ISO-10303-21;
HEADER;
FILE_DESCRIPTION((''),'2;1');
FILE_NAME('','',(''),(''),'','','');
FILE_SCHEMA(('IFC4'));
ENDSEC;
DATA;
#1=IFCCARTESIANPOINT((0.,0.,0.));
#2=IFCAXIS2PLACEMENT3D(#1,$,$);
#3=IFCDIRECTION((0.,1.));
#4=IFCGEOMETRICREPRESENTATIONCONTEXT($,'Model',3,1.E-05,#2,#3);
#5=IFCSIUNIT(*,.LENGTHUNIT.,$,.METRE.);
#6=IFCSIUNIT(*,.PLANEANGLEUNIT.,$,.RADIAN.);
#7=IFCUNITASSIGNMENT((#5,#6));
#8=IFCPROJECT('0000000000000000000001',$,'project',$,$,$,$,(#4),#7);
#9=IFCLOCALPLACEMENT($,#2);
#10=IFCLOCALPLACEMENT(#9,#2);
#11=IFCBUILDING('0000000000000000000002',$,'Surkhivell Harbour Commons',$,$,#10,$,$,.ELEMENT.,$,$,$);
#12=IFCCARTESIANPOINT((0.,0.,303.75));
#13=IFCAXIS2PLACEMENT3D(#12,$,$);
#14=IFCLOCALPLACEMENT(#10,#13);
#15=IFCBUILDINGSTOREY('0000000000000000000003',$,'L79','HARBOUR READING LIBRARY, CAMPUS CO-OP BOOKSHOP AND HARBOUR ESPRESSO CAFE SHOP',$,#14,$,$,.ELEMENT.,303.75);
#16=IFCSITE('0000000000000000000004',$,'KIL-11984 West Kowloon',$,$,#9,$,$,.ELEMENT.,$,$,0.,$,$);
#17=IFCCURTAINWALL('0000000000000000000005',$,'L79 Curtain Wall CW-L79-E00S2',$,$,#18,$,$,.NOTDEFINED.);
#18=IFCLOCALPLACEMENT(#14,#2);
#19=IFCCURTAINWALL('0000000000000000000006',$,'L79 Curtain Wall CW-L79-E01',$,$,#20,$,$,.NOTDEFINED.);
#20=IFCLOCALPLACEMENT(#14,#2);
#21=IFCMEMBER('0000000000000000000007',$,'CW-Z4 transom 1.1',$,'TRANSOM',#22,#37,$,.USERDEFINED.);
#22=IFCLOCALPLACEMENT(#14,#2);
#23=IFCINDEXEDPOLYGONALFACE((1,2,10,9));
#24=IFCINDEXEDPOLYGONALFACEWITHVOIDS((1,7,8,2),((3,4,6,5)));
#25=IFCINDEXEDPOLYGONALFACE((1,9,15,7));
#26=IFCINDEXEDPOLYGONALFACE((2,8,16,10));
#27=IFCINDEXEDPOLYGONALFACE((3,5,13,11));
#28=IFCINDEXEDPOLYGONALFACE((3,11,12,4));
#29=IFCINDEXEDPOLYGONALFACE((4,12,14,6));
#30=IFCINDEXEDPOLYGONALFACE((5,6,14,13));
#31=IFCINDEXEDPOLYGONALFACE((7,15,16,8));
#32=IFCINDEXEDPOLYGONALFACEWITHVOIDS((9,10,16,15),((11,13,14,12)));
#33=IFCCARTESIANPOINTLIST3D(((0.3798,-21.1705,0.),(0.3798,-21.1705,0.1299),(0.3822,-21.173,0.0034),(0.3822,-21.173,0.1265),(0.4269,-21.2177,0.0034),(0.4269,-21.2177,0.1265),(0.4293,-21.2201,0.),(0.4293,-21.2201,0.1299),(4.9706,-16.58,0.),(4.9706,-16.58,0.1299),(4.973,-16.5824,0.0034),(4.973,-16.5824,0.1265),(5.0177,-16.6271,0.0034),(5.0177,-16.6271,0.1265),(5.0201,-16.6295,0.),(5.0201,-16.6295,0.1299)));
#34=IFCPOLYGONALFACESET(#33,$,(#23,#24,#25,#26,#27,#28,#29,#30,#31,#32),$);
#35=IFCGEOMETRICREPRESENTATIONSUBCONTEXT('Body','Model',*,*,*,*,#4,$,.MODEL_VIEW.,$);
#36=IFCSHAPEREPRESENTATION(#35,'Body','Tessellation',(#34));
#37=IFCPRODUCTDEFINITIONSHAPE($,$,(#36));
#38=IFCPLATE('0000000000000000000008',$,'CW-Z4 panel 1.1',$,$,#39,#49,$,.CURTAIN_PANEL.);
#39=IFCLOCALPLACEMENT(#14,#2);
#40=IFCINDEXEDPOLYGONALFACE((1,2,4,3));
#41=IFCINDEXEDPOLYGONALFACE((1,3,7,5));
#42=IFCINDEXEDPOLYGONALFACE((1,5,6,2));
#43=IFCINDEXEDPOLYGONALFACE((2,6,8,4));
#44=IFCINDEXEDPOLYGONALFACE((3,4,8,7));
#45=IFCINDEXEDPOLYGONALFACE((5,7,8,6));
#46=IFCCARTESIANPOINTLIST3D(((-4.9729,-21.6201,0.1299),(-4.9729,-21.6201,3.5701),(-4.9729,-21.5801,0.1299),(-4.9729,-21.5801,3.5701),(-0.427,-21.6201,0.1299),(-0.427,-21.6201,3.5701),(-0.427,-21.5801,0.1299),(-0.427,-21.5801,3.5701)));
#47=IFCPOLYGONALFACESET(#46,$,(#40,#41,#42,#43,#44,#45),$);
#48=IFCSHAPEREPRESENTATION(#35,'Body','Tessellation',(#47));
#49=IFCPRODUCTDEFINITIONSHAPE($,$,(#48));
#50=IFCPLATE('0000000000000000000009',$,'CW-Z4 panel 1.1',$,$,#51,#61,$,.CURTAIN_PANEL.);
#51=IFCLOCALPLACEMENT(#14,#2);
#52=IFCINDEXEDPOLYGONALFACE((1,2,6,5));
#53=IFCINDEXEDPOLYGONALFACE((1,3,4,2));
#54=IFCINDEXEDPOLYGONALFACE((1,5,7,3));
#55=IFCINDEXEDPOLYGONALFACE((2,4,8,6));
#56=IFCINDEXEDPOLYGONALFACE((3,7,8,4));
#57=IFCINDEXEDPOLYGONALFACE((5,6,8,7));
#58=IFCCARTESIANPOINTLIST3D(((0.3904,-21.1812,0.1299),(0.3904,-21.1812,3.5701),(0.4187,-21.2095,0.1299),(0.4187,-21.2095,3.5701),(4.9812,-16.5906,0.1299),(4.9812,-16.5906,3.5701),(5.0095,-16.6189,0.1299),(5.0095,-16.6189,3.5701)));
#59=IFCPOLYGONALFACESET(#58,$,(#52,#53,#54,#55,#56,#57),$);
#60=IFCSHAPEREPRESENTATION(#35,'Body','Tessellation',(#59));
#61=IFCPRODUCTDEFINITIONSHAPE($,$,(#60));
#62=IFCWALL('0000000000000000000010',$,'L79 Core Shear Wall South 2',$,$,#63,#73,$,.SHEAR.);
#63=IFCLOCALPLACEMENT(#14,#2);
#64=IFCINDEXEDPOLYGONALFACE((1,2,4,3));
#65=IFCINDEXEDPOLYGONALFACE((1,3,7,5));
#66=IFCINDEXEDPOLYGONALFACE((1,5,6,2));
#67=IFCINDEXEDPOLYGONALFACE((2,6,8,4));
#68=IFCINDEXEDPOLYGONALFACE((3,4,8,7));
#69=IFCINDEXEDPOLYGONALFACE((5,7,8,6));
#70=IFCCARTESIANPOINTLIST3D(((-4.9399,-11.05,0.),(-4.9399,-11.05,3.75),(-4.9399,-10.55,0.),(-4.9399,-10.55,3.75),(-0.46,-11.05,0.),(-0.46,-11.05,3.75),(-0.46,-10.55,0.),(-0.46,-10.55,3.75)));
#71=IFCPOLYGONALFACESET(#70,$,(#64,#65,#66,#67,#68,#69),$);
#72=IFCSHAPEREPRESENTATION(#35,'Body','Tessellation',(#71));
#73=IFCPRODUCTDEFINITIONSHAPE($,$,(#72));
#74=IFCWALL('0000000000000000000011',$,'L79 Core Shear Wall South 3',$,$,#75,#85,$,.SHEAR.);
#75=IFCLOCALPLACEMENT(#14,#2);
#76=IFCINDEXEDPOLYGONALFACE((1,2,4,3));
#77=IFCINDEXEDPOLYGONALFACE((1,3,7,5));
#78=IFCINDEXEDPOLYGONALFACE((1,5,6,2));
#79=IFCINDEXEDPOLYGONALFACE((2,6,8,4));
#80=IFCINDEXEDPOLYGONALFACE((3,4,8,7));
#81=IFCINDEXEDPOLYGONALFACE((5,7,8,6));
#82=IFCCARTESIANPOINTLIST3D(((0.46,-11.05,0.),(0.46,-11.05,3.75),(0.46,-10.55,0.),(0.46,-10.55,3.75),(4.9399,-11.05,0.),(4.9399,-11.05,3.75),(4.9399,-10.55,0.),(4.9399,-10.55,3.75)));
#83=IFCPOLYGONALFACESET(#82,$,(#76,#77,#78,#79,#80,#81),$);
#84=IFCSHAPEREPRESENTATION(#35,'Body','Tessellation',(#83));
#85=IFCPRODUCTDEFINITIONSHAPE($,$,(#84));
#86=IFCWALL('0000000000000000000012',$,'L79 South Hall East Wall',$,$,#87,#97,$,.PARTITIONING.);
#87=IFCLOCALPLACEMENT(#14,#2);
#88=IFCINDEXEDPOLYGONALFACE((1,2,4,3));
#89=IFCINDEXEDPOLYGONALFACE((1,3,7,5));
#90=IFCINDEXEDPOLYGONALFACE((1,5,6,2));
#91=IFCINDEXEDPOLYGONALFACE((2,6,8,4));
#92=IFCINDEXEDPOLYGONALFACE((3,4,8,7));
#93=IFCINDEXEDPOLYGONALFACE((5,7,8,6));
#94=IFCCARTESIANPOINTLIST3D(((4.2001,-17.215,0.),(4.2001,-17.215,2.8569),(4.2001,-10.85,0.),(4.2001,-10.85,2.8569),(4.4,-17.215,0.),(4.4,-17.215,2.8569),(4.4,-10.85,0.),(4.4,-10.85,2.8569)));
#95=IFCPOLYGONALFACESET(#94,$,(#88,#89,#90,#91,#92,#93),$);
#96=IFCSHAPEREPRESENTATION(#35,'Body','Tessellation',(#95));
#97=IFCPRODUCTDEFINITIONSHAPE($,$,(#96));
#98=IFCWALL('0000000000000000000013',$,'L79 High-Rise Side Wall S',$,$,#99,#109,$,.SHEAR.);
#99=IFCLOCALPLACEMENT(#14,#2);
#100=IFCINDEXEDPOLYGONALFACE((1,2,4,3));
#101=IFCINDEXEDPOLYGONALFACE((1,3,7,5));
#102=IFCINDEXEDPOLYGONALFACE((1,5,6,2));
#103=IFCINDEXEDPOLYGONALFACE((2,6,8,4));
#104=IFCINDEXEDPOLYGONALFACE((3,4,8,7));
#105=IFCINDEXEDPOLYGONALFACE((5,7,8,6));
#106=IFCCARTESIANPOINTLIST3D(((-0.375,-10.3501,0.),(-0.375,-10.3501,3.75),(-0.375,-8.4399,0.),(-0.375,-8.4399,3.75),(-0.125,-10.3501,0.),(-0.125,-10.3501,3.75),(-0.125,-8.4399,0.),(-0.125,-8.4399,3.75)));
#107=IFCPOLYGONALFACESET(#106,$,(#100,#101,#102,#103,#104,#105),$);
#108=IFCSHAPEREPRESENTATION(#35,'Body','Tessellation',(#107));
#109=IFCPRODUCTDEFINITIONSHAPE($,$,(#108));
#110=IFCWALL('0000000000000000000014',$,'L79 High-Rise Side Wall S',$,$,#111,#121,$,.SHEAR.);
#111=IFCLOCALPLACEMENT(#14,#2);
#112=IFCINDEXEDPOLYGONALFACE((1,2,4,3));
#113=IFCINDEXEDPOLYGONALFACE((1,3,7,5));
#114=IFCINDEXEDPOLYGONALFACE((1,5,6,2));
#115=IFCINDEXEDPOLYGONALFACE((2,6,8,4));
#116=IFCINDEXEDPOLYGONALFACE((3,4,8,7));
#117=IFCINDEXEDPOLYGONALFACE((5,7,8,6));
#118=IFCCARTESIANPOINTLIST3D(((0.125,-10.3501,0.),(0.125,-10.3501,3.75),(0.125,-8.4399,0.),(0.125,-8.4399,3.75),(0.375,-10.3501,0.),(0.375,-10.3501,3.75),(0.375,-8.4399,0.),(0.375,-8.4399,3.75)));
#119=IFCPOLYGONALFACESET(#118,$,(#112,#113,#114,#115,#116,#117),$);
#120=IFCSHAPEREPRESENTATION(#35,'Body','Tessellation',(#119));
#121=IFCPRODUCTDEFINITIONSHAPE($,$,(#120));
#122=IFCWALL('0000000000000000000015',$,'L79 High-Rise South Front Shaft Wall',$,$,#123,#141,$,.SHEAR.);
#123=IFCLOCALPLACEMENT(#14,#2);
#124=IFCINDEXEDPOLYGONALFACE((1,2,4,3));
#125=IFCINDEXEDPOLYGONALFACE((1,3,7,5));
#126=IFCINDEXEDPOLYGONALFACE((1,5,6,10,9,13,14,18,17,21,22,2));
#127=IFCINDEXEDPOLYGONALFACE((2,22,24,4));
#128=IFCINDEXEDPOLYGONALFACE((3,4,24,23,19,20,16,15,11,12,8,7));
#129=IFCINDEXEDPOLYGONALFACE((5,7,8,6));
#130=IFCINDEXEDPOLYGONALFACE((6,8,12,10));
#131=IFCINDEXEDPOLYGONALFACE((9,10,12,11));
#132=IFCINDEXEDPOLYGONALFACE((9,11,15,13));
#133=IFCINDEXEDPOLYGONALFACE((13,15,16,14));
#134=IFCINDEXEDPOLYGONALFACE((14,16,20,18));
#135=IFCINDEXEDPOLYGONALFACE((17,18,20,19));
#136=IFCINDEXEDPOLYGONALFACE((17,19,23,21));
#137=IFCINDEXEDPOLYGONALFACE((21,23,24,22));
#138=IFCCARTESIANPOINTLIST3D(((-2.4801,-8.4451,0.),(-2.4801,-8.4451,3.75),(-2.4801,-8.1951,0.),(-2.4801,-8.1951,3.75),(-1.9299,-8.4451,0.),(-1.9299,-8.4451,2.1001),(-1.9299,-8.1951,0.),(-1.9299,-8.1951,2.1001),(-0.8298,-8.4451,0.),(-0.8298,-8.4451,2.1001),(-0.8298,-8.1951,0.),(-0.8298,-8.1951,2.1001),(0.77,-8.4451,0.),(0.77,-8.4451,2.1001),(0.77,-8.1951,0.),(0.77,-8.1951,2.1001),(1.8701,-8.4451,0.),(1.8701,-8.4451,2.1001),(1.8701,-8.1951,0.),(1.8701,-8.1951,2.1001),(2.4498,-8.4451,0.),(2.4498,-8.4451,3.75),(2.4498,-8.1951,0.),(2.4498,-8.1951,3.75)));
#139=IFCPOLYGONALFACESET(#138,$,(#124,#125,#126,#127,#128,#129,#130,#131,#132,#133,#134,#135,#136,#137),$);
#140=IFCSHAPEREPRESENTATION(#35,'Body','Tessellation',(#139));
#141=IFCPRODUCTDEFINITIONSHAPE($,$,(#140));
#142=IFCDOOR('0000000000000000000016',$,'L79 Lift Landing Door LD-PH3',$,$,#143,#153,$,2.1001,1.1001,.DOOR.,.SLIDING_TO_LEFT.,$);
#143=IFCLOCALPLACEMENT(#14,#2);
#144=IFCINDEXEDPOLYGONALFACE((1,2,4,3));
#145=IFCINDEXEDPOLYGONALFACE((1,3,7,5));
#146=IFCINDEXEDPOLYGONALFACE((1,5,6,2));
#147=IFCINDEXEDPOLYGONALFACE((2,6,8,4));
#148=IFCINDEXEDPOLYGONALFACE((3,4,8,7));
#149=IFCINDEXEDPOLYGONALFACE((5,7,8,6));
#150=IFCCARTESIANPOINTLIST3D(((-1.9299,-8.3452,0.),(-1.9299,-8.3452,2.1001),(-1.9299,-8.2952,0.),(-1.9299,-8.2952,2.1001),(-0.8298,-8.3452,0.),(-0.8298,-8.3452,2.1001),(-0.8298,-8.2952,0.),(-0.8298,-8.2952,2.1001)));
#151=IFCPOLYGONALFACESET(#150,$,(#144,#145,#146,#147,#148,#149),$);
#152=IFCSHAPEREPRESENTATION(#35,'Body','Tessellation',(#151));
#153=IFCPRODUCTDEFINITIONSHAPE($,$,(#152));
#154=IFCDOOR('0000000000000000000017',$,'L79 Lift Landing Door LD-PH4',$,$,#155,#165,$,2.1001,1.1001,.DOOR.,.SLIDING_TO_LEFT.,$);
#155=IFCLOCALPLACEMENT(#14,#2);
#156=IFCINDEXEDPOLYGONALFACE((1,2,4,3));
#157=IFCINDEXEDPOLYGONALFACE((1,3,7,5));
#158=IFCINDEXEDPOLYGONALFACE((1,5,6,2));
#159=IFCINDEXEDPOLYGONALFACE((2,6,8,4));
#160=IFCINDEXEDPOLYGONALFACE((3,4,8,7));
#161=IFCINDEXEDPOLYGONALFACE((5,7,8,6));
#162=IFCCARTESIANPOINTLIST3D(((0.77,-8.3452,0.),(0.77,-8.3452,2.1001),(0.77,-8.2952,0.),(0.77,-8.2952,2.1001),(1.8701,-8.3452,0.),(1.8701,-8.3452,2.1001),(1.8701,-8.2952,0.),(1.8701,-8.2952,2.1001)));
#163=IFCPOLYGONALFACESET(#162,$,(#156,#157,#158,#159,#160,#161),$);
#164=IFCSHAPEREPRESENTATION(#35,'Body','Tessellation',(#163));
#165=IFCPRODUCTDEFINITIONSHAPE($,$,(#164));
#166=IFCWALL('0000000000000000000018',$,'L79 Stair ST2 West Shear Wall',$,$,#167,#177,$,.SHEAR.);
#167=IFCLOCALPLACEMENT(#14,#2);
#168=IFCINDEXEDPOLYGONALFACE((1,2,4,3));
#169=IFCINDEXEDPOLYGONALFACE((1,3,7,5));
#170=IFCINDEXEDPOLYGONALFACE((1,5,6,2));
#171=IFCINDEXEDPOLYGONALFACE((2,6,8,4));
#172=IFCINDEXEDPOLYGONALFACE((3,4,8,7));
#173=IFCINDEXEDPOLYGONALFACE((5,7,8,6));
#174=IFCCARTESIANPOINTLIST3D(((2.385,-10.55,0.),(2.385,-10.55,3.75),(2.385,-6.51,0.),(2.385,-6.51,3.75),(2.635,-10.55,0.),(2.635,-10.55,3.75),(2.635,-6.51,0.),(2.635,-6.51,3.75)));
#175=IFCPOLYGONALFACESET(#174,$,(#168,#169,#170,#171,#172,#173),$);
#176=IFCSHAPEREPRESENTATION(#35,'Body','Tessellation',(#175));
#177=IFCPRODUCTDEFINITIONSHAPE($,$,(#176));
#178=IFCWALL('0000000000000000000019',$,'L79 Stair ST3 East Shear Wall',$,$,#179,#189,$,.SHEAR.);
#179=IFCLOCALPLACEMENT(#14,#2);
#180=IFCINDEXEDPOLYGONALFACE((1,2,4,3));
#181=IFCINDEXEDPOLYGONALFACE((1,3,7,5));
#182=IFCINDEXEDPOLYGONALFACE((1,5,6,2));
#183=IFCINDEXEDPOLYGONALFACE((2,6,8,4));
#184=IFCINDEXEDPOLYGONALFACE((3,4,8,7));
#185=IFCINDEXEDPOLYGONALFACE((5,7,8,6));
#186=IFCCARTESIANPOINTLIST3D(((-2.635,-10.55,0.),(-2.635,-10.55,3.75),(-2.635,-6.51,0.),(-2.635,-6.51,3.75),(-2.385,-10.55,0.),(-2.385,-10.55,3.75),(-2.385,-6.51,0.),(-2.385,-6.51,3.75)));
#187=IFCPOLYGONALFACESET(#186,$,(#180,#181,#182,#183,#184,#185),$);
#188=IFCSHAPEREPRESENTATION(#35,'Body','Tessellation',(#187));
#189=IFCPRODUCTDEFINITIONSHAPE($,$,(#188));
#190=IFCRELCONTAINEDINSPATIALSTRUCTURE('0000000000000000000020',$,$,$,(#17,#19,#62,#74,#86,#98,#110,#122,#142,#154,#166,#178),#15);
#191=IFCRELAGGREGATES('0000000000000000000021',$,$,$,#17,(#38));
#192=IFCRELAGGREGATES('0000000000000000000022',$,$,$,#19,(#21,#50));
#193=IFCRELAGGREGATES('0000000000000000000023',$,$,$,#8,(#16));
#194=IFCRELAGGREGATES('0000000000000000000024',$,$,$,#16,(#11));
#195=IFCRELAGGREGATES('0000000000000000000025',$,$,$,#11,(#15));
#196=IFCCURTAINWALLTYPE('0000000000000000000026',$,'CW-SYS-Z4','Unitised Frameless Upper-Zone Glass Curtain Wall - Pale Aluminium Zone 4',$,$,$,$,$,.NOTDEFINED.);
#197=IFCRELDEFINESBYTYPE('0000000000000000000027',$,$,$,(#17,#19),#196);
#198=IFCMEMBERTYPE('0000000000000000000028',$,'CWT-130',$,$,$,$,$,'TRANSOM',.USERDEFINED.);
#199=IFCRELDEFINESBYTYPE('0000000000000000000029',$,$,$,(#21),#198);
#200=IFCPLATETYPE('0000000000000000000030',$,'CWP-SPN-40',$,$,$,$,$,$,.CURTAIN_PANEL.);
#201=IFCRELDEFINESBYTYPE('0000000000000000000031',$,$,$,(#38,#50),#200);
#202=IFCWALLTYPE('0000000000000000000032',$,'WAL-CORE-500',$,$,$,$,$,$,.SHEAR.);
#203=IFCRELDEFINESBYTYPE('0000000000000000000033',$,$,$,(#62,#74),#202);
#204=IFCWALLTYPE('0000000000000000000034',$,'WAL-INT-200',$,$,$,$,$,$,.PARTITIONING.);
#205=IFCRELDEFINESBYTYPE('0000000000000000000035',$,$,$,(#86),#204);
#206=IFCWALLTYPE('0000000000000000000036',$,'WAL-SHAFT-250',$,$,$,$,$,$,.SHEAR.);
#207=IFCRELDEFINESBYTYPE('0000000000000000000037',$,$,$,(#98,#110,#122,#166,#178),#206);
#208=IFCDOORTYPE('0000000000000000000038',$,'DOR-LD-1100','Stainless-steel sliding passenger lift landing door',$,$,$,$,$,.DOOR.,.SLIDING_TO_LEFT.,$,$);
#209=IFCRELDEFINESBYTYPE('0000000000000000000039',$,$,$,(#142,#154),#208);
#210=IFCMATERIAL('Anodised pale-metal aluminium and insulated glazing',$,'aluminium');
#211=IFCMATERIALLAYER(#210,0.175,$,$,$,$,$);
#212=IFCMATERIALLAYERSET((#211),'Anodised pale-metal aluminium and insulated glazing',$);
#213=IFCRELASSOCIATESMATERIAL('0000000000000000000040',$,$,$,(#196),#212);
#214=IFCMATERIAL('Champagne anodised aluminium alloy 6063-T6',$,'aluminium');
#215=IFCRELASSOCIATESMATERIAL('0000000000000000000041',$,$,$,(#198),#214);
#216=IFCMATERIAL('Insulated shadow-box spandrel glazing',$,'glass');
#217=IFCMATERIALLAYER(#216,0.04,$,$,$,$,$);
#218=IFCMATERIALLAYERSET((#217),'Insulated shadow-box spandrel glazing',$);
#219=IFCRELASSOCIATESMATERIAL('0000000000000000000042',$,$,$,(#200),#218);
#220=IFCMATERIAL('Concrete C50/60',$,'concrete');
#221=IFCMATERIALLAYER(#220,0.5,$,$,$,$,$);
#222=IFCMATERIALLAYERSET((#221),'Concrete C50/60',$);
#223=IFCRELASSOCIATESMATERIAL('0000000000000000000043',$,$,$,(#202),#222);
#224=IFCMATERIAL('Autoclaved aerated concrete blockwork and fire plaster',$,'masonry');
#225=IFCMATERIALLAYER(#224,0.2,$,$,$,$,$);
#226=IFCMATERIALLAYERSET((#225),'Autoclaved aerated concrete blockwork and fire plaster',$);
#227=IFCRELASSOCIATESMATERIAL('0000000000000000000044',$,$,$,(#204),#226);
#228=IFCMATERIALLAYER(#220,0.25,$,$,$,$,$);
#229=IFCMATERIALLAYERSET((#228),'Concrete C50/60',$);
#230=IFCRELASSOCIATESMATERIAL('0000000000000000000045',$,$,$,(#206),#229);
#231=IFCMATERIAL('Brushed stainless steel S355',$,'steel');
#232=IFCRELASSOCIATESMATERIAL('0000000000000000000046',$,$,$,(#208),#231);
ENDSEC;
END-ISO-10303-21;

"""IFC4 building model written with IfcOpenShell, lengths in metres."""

from ifc_helpers import new_model, si_unit, direction, frame, frame_2d, origin, origin_2d, place, context, subcontext, project, spatial, rectangle, hollow_rectangle, extrude, material, layer, layer_set, material_profile, profile_set, type_object, element, fill, aggregate, save


model = new_model("IFC4")

# Units and contexts
model_context = context("Model", 3, precision=1e-05, world=origin(), true_north=direction((0.0, 1.0)))
body_context = subcontext(model_context, "Body", "Model", "MODEL_VIEW")
ifc_project = project(units=[si_unit("LENGTHUNIT", "METRE"), si_unit("PLANEANGLEUNIT", "RADIAN")], contexts=[model_context])

# Site, building, storey
site_placement = place(None, origin())
site = spatial("IfcSite", under=ifc_project, at=site_placement, Name="KIL-11984 West Kowloon", CompositionType="ELEMENT", RefElevation=0.0)
building_placement = place(site_placement, origin())
building = spatial("IfcBuilding", under=site, at=building_placement, Name="Surkhivell Harbour Commons", CompositionType="ELEMENT")
storey_placement = place(building_placement, frame((0.0, 0.0, 303.75)))
storey = spatial("IfcBuildingStorey", under=building, at=storey_placement, Name="L79", Description="HARBOUR READING LIBRARY, CAMPUS CO-OP BOOKSHOP AND HARBOUR ESPRESSO CAFE SHOP", CompositionType="ELEMENT", Elevation=303.75)

# Shared definitions
ifc_material_1 = material(Name="Concrete C50/60", Category="concrete")

# Curtain wall
ifc_material_2 = material(Name="Anodised pale-metal aluminium and insulated glazing", Category="aluminium")
ifc_layer_1 = layer(ifc_material_2, 0.175)
ifc_layer_set_1 = layer_set([ifc_layer_1], Name="Anodised pale-metal aluminium and insulated glazing")
curtain_wall_type = type_object("IfcCurtainWallType", Name="CW-SYS-Z4", Description="Unitised Frameless Upper-Zone Glass Curtain Wall - Pale Aluminium Zone 4", PredefinedType="NOTDEFINED", material=ifc_layer_set_1)
curtain_wall_1_placement = place(storey_placement, origin())
curtain_wall_1 = element("IfcCurtainWall", 1, at=curtain_wall_1_placement, inside=storey, type_object=curtain_wall_type, Name="L79 Curtain Wall CW-L79-E00S2", PredefinedType="NOTDEFINED")

# Curtain wall
curtain_wall_2_placement = place(storey_placement, origin())
curtain_wall_2 = element("IfcCurtainWall", 2, at=curtain_wall_2_placement, inside=storey, type_object=curtain_wall_type, Name="L79 Curtain Wall CW-L79-E01", PredefinedType="NOTDEFINED")

# Member
ifc_material_3 = material(Name="Champagne anodised aluminium alloy 6063-T6", Category="aluminium")
ifc_material_profile_1 = material_profile(ifc_material_3, hollow_rectangle(XDim=0.0701, YDim=0.1299, WallThickness=0.0034, at=origin_2d()), Name="ALU-TRAN-70x130")
ifc_profile_set_1 = profile_set([ifc_material_profile_1], Name="Champagne anodised aluminium alloy 6063-T6")
member_type_1 = type_object("IfcMemberType", Name="CWT-130", ElementType="TRANSOM", PredefinedType="USERDEFINED", material=ifc_profile_set_1)
member_1_placement = place(storey_placement, frame((0.4045, -21.1953, 0.0649), z_axis=(0.707126, 0.707088, 0.0), x_axis=(-0.707088, 0.707126, 0.0)))
member_1 = element("IfcMember", 3, at=member_1_placement, type_object=member_type_1, Name="CW-Z4 transom 1.1", ObjectType="TRANSOM", PredefinedType="USERDEFINED", context=body_context, shape_type="SweptSolid", body=[
    extrude(hollow_rectangle(XDim=0.0701, YDim=0.1299, WallThickness=0.0034, at=origin_2d()), origin(), (0.0, 0.0, 1.0), 6.4922),
])

# Plates
ifc_material_4 = material(Name="Insulated shadow-box spandrel glazing", Category="glass")
ifc_layer_2 = layer(ifc_material_4, 0.04)
ifc_layer_set_2 = layer_set([ifc_layer_2], Name="Insulated shadow-box spandrel glazing")
plate_type = type_object("IfcPlateType", Name="CWP-SPN-40", PredefinedType="CURTAIN_PANEL", material=ifc_layer_set_2)
plate_1_placement = place(storey_placement, frame((-4.9729, -21.6001, 0.1299), z_axis=(0.0, 0.0, 1.0), x_axis=(1.0, 0.0, 0.0)))
plate_1 = element("IfcPlate", 4, at=plate_1_placement, type_object=plate_type, Name="CW-Z4 panel 1.1", PredefinedType="CURTAIN_PANEL", context=body_context, shape_type="SweptSolid", body=[
    extrude(rectangle(XDim=4.5459, YDim=0.04, at=frame_2d((2.2729, 0.0))), origin(), (0.0, 0.0, 1.0), 3.4402),
])
aggregate(curtain_wall_1, [plate_1])
plate_2_placement = place(storey_placement, frame((0.4045, -21.1953, 0.1299), z_axis=(0.0, 0.0, 1.0), x_axis=(0.707126, 0.707088, 0.0)))
plate_2 = element("IfcPlate", 5, at=plate_2_placement, type_object=plate_type, Name="CW-Z4 panel 1.1", PredefinedType="CURTAIN_PANEL", context=body_context, shape_type="SweptSolid", body=[
    extrude(rectangle(XDim=6.4922, YDim=0.04, at=frame_2d((3.2461, 0.0))), origin(), (0.0, 0.0, 1.0), 3.4402),
])
aggregate(curtain_wall_2, [member_1, plate_2])

# Walls
ifc_layer_3 = layer(ifc_material_1, 0.5)
ifc_layer_set_3 = layer_set([ifc_layer_3], Name="Concrete C50/60")
wall_type_1 = type_object("IfcWallType", Name="WAL-CORE-500", PredefinedType="SHEAR", material=ifc_layer_set_3)
for number, where, z_axis, x_axis, name in (
    (6, (-4.9399, -10.8, 0.0), (0.0, 0.0, 1.0), (1.0, 0.0, 0.0), "L79 Core Shear Wall South 2"),
    (7, (0.46, -10.8, 0.0), (0.0, 0.0, 1.0), (1.0, 0.0, 0.0), "L79 Core Shear Wall South 3"),
):
    element("IfcWall", number, at=place(storey_placement, frame(where, z_axis=z_axis, x_axis=x_axis)), inside=storey, type_object=wall_type_1, Name=name, PredefinedType="SHEAR", context=body_context, shape_type="SweptSolid", body=[
        extrude(rectangle(XDim=4.48, YDim=0.5, at=frame_2d((2.24, 0.0))), origin(), (0.0, 0.0, 1.0), 3.75),
    ])
ifc_material_5 = material(Name="Autoclaved aerated concrete blockwork and fire plaster", Category="masonry")
ifc_layer_4 = layer(ifc_material_5, 0.2)
ifc_layer_set_4 = layer_set([ifc_layer_4], Name="Autoclaved aerated concrete blockwork and fire plaster")
wall_type_2 = type_object("IfcWallType", Name="WAL-INT-200", PredefinedType="PARTITIONING", material=ifc_layer_set_4)
wall_1_placement = place(storey_placement, frame((4.3, -17.2151, 0.0), z_axis=(0.0, 0.0, 1.0), x_axis=(0.0, 1.0, 0.0)))
element("IfcWall", 8, at=wall_1_placement, inside=storey, type_object=wall_type_2, Name="L79 South Hall East Wall", PredefinedType="PARTITIONING", context=body_context, shape_type="SweptSolid", body=[
    extrude(rectangle(XDim=6.365, YDim=0.2, at=frame_2d((3.1826, 0.0))), origin(), (0.0, 0.0, 1.0), 2.8569),
])
ifc_layer_5 = layer(ifc_material_1, 0.25)
ifc_layer_set_5 = layer_set([ifc_layer_5], Name="Concrete C50/60")
wall_type_3 = type_object("IfcWallType", Name="WAL-SHAFT-250", PredefinedType="SHEAR", material=ifc_layer_set_5)
for number, where, z_axis, x_axis, name in (
    (9, (-0.25, -10.3501, 0.0), (0.0, 0.0, 1.0), (0.0, 1.0, 0.0), "L79 High-Rise Side Wall S"),
    (10, (0.25, -10.3501, 0.0), (0.0, 0.0, 1.0), (0.0, 1.0, 0.0), "L79 High-Rise Side Wall S"),
):
    element("IfcWall", number, at=place(storey_placement, frame(where, z_axis=z_axis, x_axis=x_axis)), inside=storey, type_object=wall_type_3, Name=name, PredefinedType="SHEAR", context=body_context, shape_type="SweptSolid", body=[
        extrude(rectangle(XDim=1.9102, YDim=0.25, at=frame_2d((0.9551, 0.0))), origin(), (0.0, 0.0, 1.0), 3.75),
    ])

# Wall, openings, doors
wall_2_placement = place(storey_placement, frame((-2.48, -8.3201, 0.0), z_axis=(0.0, 0.0, 1.0), x_axis=(1.0, 0.0, 0.0)))
wall_2 = element("IfcWall", 11, at=wall_2_placement, inside=storey, type_object=wall_type_3, Name="L79 High-Rise South Front Shaft Wall", PredefinedType="SHEAR", context=body_context, shape_type="SweptSolid", body=[
    extrude(rectangle(XDim=4.9299, YDim=0.25, at=frame_2d((2.4648, 0.0))), origin(), (0.0, 0.0, 1.0), 3.75),
])
opening_1_placement = place(wall_2_placement, frame((0.55, 0.0, 0.0)))
opening_1 = element("IfcOpeningElement", 12, at=opening_1_placement, cuts=wall_2, PredefinedType="OPENING", context=body_context, shape_type="SweptSolid", body=[
    extrude(rectangle(XDim=1.1001, YDim=2.1001, at=frame_2d((0.55, 1.05))), frame((0.0, 0.135, 0.0), z_axis=(0.0, -1.0, 0.0), x_axis=(1.0, 0.0, 0.0)), (0.0, 0.0, 1.0), 0.27),
])
opening_2_placement = place(wall_2_placement, frame((3.25, 0.0, 0.0)))
opening_2 = element("IfcOpeningElement", 13, at=opening_2_placement, cuts=wall_2, PredefinedType="OPENING", context=body_context, shape_type="SweptSolid", body=[
    extrude(rectangle(XDim=1.1001, YDim=2.1001, at=frame_2d((0.55, 1.05))), frame((0.0, 0.135, 0.0), z_axis=(0.0, -1.0, 0.0), x_axis=(1.0, 0.0, 0.0)), (0.0, 0.0, 1.0), 0.27),
])
ifc_material_6 = material(Name="Brushed stainless steel S355", Category="steel")
door_type = type_object("IfcDoorType", Name="DOR-LD-1100", Description="Stainless-steel sliding passenger lift landing door", OperationType="SLIDING_TO_LEFT", PredefinedType="DOOR", material=ifc_material_6)
door_1_placement = place(opening_1_placement, origin())
door_1 = element("IfcDoor", 14, at=door_1_placement, inside=storey, type_object=door_type, Name="L79 Lift Landing Door LD-PH3", OperationType="SLIDING_TO_LEFT", OverallHeight=2.1001, OverallWidth=1.1001, PredefinedType="DOOR", context=body_context, shape_type="SweptSolid", body=[
    extrude(rectangle(XDim=1.1001, YDim=2.1001, at=frame_2d((0.55, 1.05))), frame((0.0, 0.0249, 0.0), z_axis=(0.0, -1.0, 0.0), x_axis=(1.0, 0.0, 0.0)), (0.0, 0.0, 1.0), 0.05),
])
fill(opening_1, door_1)
door_2_placement = place(opening_2_placement, origin())
door_2 = element("IfcDoor", 15, at=door_2_placement, inside=storey, type_object=door_type, Name="L79 Lift Landing Door LD-PH4", OperationType="SLIDING_TO_LEFT", OverallHeight=2.1001, OverallWidth=1.1001, PredefinedType="DOOR", context=body_context, shape_type="SweptSolid", body=[
    extrude(rectangle(XDim=1.1001, YDim=2.1001, at=frame_2d((0.55, 1.05))), frame((0.0, 0.0249, 0.0), z_axis=(0.0, -1.0, 0.0), x_axis=(1.0, 0.0, 0.0)), (0.0, 0.0, 1.0), 0.05),
])
fill(opening_2, door_2)

# Walls
for number, where, z_axis, x_axis, name in (
    (16, (2.51, -10.55, 0.0), (0.0, 0.0, 1.0), (0.0, 1.0, 0.0), "L79 Stair ST2 West Shear Wall"),
    (17, (-2.51, -10.55, 0.0), (0.0, 0.0, 1.0), (0.0, 1.0, 0.0), "L79 Stair ST3 East Shear Wall"),
):
    element("IfcWall", number, at=place(storey_placement, frame(where, z_axis=z_axis, x_axis=x_axis)), inside=storey, type_object=wall_type_3, Name=name, PredefinedType="SHEAR", context=body_context, shape_type="SweptSolid", body=[
        extrude(rectangle(XDim=4.04, YDim=0.25, at=frame_2d((2.02, 0.0))), origin(), (0.0, 0.0, 1.0), 3.75),
    ])

save(model, "model.ifc")
